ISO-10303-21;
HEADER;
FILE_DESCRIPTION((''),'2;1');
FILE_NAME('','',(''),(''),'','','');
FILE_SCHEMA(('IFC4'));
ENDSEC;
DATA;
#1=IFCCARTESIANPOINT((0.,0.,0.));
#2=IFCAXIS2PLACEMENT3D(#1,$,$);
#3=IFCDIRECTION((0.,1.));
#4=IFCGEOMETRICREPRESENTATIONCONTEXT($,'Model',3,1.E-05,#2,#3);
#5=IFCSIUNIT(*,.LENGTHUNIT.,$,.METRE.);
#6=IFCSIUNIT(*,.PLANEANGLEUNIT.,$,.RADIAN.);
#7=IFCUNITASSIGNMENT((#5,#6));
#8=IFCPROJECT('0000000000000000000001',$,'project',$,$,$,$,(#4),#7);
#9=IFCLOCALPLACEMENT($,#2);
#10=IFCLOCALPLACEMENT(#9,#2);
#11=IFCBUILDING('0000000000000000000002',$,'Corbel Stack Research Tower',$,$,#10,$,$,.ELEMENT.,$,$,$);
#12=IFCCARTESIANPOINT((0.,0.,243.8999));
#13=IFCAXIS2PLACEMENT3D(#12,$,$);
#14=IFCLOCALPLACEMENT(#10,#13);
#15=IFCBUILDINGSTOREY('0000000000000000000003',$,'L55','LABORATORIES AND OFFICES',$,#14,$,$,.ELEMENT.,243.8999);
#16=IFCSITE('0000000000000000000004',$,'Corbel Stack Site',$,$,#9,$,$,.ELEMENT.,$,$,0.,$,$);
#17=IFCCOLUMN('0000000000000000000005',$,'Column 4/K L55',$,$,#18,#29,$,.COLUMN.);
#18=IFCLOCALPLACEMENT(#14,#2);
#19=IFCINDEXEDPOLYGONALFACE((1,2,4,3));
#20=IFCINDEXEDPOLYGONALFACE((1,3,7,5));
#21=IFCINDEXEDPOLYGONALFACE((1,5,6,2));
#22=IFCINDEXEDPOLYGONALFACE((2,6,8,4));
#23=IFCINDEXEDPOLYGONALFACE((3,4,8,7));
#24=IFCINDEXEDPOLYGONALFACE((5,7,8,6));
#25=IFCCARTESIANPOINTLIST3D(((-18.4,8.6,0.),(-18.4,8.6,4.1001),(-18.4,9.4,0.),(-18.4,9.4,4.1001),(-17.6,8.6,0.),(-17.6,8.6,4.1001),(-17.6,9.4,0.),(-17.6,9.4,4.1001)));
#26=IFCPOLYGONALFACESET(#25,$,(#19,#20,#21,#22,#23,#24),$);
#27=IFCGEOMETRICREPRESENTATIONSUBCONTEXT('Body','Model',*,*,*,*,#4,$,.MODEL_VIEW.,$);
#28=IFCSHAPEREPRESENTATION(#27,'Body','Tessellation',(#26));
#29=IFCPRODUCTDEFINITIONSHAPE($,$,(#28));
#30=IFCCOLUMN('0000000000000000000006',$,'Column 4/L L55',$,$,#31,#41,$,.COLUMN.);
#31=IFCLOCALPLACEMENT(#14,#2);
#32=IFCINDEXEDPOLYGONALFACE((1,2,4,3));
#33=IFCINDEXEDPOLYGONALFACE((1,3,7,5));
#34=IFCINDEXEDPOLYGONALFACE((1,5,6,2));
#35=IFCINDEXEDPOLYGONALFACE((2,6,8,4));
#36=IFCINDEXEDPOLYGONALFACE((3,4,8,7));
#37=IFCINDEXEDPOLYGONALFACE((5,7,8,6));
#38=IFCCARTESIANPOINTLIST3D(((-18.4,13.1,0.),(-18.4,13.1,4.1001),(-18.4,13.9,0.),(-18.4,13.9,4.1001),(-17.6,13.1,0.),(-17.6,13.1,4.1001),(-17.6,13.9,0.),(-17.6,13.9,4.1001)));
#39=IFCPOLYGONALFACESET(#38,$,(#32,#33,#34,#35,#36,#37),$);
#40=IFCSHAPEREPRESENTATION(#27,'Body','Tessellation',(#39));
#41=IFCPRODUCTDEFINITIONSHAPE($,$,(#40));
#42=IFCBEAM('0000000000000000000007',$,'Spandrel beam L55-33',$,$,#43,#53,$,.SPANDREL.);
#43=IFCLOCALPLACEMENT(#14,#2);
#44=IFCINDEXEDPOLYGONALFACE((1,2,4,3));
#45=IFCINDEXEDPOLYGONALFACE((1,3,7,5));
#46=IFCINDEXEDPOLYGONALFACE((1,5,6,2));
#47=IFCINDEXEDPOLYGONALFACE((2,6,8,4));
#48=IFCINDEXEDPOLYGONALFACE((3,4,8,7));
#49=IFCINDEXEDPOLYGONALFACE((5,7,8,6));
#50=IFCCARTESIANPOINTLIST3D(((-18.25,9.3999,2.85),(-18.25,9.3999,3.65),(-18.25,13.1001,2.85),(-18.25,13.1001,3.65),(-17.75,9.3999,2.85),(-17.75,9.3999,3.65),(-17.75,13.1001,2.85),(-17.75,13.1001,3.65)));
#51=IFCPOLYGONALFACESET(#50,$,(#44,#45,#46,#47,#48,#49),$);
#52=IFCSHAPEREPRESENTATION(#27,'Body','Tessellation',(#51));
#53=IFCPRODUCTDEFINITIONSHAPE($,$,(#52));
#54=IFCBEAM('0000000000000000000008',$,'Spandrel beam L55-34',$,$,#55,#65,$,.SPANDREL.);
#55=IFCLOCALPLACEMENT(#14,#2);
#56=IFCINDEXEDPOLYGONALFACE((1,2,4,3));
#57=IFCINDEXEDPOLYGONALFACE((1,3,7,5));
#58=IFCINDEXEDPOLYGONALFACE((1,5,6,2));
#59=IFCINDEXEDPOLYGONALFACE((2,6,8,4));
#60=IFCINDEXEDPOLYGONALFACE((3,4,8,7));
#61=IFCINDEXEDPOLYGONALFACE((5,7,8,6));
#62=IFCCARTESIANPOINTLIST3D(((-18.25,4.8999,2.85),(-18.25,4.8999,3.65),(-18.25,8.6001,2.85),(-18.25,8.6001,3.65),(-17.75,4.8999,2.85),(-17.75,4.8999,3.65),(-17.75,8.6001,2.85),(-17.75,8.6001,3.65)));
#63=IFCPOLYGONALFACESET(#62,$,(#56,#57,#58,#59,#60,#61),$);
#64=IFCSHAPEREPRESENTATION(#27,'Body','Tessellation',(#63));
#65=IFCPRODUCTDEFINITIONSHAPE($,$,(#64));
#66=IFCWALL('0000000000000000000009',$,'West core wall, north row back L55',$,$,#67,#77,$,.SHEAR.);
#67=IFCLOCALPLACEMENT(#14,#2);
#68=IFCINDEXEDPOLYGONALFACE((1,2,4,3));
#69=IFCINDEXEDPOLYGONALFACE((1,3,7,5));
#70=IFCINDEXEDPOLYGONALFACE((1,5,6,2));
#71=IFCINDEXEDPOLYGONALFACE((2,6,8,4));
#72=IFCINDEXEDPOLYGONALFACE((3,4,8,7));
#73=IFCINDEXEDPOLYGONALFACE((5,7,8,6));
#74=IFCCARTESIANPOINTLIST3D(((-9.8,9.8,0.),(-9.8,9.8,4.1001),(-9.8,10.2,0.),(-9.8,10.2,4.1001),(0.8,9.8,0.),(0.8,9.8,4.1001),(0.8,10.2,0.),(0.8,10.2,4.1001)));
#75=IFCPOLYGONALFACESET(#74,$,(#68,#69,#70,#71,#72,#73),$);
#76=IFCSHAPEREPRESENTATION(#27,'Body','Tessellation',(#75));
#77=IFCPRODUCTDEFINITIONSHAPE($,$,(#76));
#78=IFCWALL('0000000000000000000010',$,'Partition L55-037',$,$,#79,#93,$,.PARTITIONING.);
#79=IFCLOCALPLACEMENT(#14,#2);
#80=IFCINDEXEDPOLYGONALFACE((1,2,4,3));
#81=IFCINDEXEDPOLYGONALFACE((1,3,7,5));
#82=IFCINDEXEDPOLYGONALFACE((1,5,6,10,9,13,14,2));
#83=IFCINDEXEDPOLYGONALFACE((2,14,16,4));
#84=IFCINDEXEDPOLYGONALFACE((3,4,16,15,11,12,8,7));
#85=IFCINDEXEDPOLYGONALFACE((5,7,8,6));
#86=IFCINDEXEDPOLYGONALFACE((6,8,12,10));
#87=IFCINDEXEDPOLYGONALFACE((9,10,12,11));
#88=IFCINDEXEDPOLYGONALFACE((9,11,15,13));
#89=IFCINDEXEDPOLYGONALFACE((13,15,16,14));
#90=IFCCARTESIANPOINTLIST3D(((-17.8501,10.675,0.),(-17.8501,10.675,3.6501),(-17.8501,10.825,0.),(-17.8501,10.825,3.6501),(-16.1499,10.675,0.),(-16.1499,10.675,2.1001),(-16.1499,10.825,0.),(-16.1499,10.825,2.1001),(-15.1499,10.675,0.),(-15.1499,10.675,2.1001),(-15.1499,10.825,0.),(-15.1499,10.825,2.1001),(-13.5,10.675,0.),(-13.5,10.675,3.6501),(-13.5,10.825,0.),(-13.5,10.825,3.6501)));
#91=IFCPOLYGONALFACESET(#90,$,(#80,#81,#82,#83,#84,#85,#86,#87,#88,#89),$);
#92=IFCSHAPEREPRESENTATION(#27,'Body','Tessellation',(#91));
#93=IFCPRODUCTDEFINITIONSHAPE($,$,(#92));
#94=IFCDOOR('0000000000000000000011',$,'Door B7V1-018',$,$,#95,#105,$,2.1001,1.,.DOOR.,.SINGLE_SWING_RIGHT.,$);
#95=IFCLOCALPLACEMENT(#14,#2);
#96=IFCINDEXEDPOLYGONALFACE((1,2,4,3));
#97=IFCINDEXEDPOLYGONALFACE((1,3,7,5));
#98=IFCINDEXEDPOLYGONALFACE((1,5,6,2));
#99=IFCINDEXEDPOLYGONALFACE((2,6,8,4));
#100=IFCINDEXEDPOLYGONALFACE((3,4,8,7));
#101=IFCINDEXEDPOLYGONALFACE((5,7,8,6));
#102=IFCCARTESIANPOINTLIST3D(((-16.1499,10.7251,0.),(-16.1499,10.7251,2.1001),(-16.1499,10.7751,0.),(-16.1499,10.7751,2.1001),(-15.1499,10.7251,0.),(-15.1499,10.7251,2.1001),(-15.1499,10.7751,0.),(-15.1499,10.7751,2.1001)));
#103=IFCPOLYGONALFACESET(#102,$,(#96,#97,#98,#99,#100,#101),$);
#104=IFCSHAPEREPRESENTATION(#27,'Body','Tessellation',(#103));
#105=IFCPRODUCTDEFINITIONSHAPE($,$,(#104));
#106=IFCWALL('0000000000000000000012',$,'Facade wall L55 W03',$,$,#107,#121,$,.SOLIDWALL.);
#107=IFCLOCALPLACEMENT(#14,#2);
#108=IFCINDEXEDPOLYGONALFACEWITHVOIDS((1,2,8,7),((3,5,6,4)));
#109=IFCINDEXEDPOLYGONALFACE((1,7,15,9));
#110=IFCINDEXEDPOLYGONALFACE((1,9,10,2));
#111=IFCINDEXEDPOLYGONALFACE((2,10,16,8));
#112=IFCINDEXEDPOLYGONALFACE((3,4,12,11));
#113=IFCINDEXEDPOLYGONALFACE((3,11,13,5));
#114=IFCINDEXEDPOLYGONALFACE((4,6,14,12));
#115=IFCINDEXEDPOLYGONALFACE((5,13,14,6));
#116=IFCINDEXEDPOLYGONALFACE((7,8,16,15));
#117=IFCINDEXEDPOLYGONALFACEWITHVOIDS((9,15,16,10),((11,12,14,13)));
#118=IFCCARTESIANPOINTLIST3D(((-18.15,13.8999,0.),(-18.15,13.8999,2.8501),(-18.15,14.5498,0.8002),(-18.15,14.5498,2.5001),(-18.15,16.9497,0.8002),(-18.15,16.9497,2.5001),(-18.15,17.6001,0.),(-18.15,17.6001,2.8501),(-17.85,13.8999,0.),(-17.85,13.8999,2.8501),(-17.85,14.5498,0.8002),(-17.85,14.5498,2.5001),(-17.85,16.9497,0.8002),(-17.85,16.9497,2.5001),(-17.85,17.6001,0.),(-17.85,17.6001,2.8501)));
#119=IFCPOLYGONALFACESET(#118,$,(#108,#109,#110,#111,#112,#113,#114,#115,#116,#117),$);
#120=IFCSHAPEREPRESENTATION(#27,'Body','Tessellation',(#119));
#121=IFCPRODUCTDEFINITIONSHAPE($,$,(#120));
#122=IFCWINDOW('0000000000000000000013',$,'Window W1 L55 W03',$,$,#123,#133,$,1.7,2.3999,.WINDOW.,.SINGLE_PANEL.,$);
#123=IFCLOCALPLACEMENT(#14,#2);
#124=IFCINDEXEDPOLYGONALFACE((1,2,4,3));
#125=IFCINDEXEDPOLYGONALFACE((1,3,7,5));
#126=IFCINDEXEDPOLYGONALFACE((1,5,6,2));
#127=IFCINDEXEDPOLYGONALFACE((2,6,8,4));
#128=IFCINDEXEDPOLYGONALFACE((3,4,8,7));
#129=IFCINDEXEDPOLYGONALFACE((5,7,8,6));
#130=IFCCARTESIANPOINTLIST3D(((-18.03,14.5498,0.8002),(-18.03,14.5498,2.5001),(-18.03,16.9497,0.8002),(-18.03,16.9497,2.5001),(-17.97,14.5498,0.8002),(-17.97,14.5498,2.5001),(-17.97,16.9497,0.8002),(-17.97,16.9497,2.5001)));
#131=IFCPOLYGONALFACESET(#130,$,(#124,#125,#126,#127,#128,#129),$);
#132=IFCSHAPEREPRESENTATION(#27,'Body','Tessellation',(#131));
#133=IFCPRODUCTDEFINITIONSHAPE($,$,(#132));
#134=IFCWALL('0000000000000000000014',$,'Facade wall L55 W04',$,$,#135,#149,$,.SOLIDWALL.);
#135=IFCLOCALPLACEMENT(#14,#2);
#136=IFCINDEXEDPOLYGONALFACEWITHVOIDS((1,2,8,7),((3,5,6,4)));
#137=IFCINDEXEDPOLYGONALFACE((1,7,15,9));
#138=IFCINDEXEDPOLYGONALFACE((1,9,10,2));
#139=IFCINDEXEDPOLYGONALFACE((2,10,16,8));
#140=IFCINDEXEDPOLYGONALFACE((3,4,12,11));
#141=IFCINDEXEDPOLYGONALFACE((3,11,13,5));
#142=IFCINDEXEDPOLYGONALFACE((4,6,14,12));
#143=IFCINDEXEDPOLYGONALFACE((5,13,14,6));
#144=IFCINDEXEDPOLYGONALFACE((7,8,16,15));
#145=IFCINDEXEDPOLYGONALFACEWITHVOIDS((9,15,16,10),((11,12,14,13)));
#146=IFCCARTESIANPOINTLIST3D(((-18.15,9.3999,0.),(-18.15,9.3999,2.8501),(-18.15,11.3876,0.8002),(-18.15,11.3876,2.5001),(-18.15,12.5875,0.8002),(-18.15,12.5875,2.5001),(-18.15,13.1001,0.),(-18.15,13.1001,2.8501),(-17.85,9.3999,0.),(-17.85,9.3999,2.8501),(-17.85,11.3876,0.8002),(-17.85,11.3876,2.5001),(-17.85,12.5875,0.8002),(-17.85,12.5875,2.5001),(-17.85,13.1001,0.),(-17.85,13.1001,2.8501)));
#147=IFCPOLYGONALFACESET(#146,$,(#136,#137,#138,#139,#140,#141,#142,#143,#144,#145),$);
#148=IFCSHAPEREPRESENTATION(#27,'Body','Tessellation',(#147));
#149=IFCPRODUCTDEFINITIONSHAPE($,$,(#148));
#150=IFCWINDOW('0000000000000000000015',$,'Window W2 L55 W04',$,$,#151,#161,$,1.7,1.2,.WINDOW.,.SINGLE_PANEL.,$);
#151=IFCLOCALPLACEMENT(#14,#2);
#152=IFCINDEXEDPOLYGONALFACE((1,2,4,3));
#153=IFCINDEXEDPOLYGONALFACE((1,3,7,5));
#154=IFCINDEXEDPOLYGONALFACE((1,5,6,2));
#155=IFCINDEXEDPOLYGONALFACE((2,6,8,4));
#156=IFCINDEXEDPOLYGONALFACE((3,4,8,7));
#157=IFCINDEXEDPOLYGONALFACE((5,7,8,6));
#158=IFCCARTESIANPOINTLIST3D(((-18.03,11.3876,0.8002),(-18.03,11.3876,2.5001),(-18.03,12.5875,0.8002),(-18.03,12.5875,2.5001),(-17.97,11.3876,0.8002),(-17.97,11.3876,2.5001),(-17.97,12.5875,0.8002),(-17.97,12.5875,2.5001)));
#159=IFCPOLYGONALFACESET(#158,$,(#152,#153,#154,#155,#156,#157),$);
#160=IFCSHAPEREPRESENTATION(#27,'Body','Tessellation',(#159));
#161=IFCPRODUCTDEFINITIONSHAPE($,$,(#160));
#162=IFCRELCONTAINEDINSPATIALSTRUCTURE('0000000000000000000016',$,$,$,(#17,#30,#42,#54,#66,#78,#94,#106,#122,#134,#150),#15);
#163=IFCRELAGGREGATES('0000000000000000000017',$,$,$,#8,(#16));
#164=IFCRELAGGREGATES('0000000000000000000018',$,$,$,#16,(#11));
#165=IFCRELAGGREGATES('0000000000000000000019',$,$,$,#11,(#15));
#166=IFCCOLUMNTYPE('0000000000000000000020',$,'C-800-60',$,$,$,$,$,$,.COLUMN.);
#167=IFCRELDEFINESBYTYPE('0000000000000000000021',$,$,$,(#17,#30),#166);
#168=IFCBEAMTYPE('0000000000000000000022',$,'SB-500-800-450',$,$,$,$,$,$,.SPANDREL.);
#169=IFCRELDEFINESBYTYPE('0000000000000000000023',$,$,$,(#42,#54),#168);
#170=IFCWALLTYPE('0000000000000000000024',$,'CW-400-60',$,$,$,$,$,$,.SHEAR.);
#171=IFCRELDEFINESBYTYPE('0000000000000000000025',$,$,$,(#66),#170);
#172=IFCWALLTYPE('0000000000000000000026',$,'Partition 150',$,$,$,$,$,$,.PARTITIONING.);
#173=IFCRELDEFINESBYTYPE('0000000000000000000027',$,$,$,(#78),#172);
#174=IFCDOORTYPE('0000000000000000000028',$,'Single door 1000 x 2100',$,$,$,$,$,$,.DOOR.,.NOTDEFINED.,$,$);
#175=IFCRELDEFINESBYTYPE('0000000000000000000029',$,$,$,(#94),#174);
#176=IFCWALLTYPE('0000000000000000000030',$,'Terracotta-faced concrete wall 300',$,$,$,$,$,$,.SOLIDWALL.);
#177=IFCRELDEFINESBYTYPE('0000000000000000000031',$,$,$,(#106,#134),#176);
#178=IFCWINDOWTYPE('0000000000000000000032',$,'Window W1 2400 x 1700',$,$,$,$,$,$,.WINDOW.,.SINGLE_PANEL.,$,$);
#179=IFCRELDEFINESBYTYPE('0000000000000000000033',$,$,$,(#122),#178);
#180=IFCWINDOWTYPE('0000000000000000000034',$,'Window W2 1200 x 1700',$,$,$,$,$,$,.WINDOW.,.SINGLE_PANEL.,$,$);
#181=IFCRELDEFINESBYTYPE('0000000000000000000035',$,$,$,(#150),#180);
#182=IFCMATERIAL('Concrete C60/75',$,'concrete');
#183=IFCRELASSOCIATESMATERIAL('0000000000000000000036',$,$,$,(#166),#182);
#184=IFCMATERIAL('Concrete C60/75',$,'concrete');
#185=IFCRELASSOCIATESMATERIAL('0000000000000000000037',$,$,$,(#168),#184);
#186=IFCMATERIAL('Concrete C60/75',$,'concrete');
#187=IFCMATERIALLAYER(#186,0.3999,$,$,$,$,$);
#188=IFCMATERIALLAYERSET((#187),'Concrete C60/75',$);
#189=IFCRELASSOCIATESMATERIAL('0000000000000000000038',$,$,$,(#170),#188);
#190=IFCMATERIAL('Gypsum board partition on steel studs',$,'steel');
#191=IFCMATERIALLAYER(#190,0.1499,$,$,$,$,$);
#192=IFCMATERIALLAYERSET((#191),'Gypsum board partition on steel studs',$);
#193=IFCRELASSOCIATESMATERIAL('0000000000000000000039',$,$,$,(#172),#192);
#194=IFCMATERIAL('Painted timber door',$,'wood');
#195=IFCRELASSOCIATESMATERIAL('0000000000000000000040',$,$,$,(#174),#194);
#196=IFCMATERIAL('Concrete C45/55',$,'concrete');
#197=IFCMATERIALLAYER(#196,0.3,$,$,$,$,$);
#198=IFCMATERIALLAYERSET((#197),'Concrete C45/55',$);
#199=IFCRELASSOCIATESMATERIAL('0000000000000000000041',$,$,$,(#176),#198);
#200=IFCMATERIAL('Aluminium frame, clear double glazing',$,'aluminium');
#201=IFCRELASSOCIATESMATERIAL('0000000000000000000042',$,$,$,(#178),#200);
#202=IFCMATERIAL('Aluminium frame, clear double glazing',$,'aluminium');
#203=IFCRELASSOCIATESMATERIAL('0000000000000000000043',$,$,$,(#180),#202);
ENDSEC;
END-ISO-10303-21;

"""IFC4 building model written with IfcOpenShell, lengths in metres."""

from ifc_helpers import new_model, si_unit, direction, frame, frame_2d, origin, origin_2d, place, context, subcontext, project, spatial, rectangle, extrude, material, layer, layer_set, material_profile, profile_set, type_object, element, fill, save


model = new_model("IFC4")

# Units and contexts
model_context = context("Model", 3, precision=1e-05, world=origin(), true_north=direction((0.0, 1.0)))
body_context = subcontext(model_context, "Body", "Model", "MODEL_VIEW")
ifc_project = project(units=[si_unit("LENGTHUNIT", "METRE"), si_unit("PLANEANGLEUNIT", "RADIAN")], contexts=[model_context])

# Site, building, storey
site_placement = place(None, origin())
site = spatial("IfcSite", under=ifc_project, at=site_placement, Name="Corbel Stack Site", CompositionType="ELEMENT", RefElevation=0.0)
building_placement = place(site_placement, origin())
building = spatial("IfcBuilding", under=site, at=building_placement, Name="Corbel Stack Research Tower", CompositionType="ELEMENT")
storey_placement = place(building_placement, frame((0.0, 0.0, 243.8999)))
storey = spatial("IfcBuildingStorey", under=building, at=storey_placement, Name="L55", Description="LABORATORIES AND OFFICES", CompositionType="ELEMENT", Elevation=243.8999)

# Columns
ifc_material_1 = material(Name="Concrete C60/75", Category="concrete")
ifc_material_profile_1 = material_profile(ifc_material_1, rectangle(XDim=0.8, YDim=0.8, at=origin_2d()), Name="RC 800 x 800")
ifc_profile_set_1 = profile_set([ifc_material_profile_1], Name="Concrete C60/75")
column_type = type_object("IfcColumnType", Name="C-800-60", PredefinedType="COLUMN", material=ifc_profile_set_1)
for number, where, z_axis, x_axis, name in (
    (1, (-18.0, 9.0, 0.0), (0.0, 0.0, 1.0), (1.0, 0.0, 0.0), "Column 4/K L55"),
    (2, (-18.0, 13.5, 0.0), (0.0, 0.0, 1.0), (1.0, 0.0, 0.0), "Column 4/L L55"),
):
    element("IfcColumn", number, at=place(storey_placement, frame(where, z_axis=z_axis, x_axis=x_axis)), inside=storey, type_object=column_type, Name=name, PredefinedType="COLUMN", context=body_context, shape_type="SweptSolid", body=[
        extrude(rectangle(XDim=0.8, YDim=0.8, at=origin_2d()), origin(), (0.0, 0.0, 1.0), 4.1001),
    ])

# Beams
ifc_material_2 = material(Name="Concrete C60/75", Category="concrete")
ifc_material_profile_2 = material_profile(ifc_material_2, rectangle(XDim=0.5, YDim=0.8, at=origin_2d()), Name="RC 500 x 800")
ifc_profile_set_2 = profile_set([ifc_material_profile_2], Name="Concrete C60/75")
beam_type = type_object("IfcBeamType", Name="SB-500-800-450", PredefinedType="SPANDREL", material=ifc_profile_set_2)
for number, where, z_axis, x_axis, name in (
    (3, (-18.0, 13.1001, 3.25), (0.0, -1.0, 0.0), (1.0, 0.0, 0.0), "Spandrel beam L55-33"),
    (4, (-18.0, 8.6001, 3.25), (0.0, -1.0, 0.0), (1.0, 0.0, 0.0), "Spandrel beam L55-34"),
):
    element("IfcBeam", number, at=place(storey_placement, frame(where, z_axis=z_axis, x_axis=x_axis)), inside=storey, type_object=beam_type, Name=name, PredefinedType="SPANDREL", context=body_context, shape_type="SweptSolid", body=[
        extrude(rectangle(XDim=0.5, YDim=0.8, at=origin_2d()), origin(), (0.0, 0.0, 1.0), 3.7002),
    ])

# Wall
ifc_material_3 = material(Name="Concrete C60/75", Category="concrete")
ifc_layer_1 = layer(ifc_material_3, 0.3999)
ifc_layer_set_1 = layer_set([ifc_layer_1], Name="Concrete C60/75")
wall_type_1 = type_object("IfcWallType", Name="CW-400-60", PredefinedType="SHEAR", material=ifc_layer_set_1)
wall_1_placement = place(storey_placement, frame((-9.8, 10.0, 0.0), z_axis=(0.0, 0.0, 1.0), x_axis=(1.0, 0.0, 0.0)))
element("IfcWall", 5, at=wall_1_placement, inside=storey, type_object=wall_type_1, Name="West core wall, north row back L55", PredefinedType="SHEAR", context=body_context, shape_type="SweptSolid", body=[
    extrude(rectangle(XDim=10.6001, YDim=0.3999, at=frame_2d((5.3, 0.0))), origin(), (0.0, 0.0, 1.0), 4.1001),
])

# Wall, opening, door
ifc_material_4 = material(Name="Gypsum board partition on steel studs", Category="steel")
ifc_layer_2 = layer(ifc_material_4, 0.1499)
ifc_layer_set_2 = layer_set([ifc_layer_2], Name="Gypsum board partition on steel studs")
wall_type_2 = type_object("IfcWallType", Name="Partition 150", PredefinedType="PARTITIONING", material=ifc_layer_set_2)
wall_2_placement = place(storey_placement, frame((-13.5, 10.75, 0.0), z_axis=(0.0, 0.0, 1.0), x_axis=(-1.0, 0.0, 0.0)))
wall_2 = element("IfcWall", 6, at=wall_2_placement, inside=storey, type_object=wall_type_2, Name="Partition L55-037", PredefinedType="PARTITIONING", context=body_context, shape_type="SweptSolid", body=[
    extrude(rectangle(XDim=4.3501, YDim=0.1499, at=frame_2d((2.175, 0.0))), origin(), (0.0, 0.0, 1.0), 3.6501),
])
opening_1_placement = place(wall_2_placement, frame((1.6499, 0.0, 0.0)))
opening_1 = element("IfcOpeningElement", 7, at=opening_1_placement, cuts=wall_2, PredefinedType="OPENING", context=body_context, shape_type="SweptSolid", body=[
    extrude(rectangle(XDim=1.0, YDim=2.1001, at=frame_2d((0.5, 1.05))), frame((0.0, 0.085, 0.0), z_axis=(0.0, -1.0, 0.0), x_axis=(1.0, 0.0, 0.0)), (0.0, 0.0, 1.0), 0.1699),
])
ifc_material_5 = material(Name="Painted timber door", Category="wood")
door_type = type_object("IfcDoorType", Name="Single door 1000 x 2100", OperationType="NOTDEFINED", PredefinedType="DOOR", material=ifc_material_5)
door_placement = place(opening_1_placement, origin())
door = element("IfcDoor", 8, at=door_placement, inside=storey, type_object=door_type, Name="Door B7V1-018", OperationType="SINGLE_SWING_RIGHT", OverallHeight=2.1001, OverallWidth=1.0, PredefinedType="DOOR", context=body_context, shape_type="SweptSolid", body=[
    extrude(rectangle(XDim=1.0, YDim=2.1001, at=frame_2d((0.5, 1.05))), frame((0.0, 0.0249, 0.0), z_axis=(0.0, -1.0, 0.0), x_axis=(1.0, 0.0, 0.0)), (0.0, 0.0, 1.0), 0.05),
])
fill(opening_1, door)

# Walls, openings, windows
ifc_material_6 = material(Name="Concrete C45/55", Category="concrete")
ifc_layer_3 = layer(ifc_material_6, 0.3)
ifc_layer_set_3 = layer_set([ifc_layer_3], Name="Concrete C45/55")
wall_type_3 = type_object("IfcWallType", Name="Terracotta-faced concrete wall 300", PredefinedType="SOLIDWALL", material=ifc_layer_set_3)
wall_3_placement = place(storey_placement, frame((-18.0, 13.8999, 0.0), z_axis=(0.0, 0.0, 1.0), x_axis=(0.0, 1.0, 0.0)))
wall_3 = element("IfcWall", 9, at=wall_3_placement, inside=storey, type_object=wall_type_3, Name="Facade wall L55 W03", PredefinedType="SOLIDWALL", context=body_context, shape_type="SweptSolid", body=[
    extrude(rectangle(XDim=3.7002, YDim=0.3, at=frame_2d((1.8501, 0.0))), origin(), (0.0, 0.0, 1.0), 2.8501),
])
opening_2_placement = place(wall_3_placement, frame((0.6499, 0.0, 0.8)))
opening_2 = element("IfcOpeningElement", 10, at=opening_2_placement, cuts=wall_3, PredefinedType="OPENING", context=body_context, shape_type="SweptSolid", body=[
    extrude(rectangle(XDim=2.3999, YDim=1.7, at=frame_2d((1.2, 0.8501))), frame((0.0, 0.1599, 0.0), z_axis=(0.0, -1.0, 0.0), x_axis=(1.0, 0.0, 0.0)), (0.0, 0.0, 1.0), 0.3201),
])
ifc_material_7 = material(Name="Aluminium frame, clear double glazing", Category="aluminium")
window_type_1 = type_object("IfcWindowType", Name="Window W1 2400 x 1700", PartitioningType="SINGLE_PANEL", PredefinedType="WINDOW", material=ifc_material_7)
window_1_placement = place(opening_2_placement, origin())
window_1 = element("IfcWindow", 11, at=window_1_placement, inside=storey, type_object=window_type_1, Name="Window W1 L55 W03", OverallHeight=1.7, OverallWidth=2.3999, PartitioningType="SINGLE_PANEL", PredefinedType="WINDOW", context=body_context, shape_type="SweptSolid", body=[
    extrude(rectangle(XDim=2.3999, YDim=1.7, at=frame_2d((1.2, 0.8501))), frame((0.0, 0.03, 0.0), z_axis=(0.0, -1.0, 0.0), x_axis=(1.0, 0.0, 0.0)), (0.0, 0.0, 1.0), 0.0601),
])
fill(opening_2, window_1)
wall_4_placement = place(storey_placement, frame((-18.0, 9.3999, 0.0), z_axis=(0.0, 0.0, 1.0), x_axis=(0.0, 1.0, 0.0)))
wall_4 = element("IfcWall", 12, at=wall_4_placement, inside=storey, type_object=wall_type_3, Name="Facade wall L55 W04", PredefinedType="SOLIDWALL", context=body_context, shape_type="SweptSolid", body=[
    extrude(rectangle(XDim=3.7002, YDim=0.3, at=frame_2d((1.8501, 0.0))), origin(), (0.0, 0.0, 1.0), 2.8501),
])
opening_3_placement = place(wall_4_placement, frame((1.9875, 0.0, 0.8)))
opening_3 = element("IfcOpeningElement", 13, at=opening_3_placement, cuts=wall_4, PredefinedType="OPENING", context=body_context, shape_type="SweptSolid", body=[
    extrude(rectangle(XDim=1.2, YDim=1.7, at=frame_2d((0.6001, 0.8501))), frame((0.0, 0.1599, 0.0), z_axis=(0.0, -1.0, 0.0), x_axis=(1.0, 0.0, 0.0)), (0.0, 0.0, 1.0), 0.3201),
])
ifc_material_8 = material(Name="Aluminium frame, clear double glazing", Category="aluminium")
window_type_2 = type_object("IfcWindowType", Name="Window W2 1200 x 1700", PartitioningType="SINGLE_PANEL", PredefinedType="WINDOW", material=ifc_material_8)
window_2_placement = place(opening_3_placement, origin())
window_2 = element("IfcWindow", 14, at=window_2_placement, inside=storey, type_object=window_type_2, Name="Window W2 L55 W04", OverallHeight=1.7, OverallWidth=1.2, PartitioningType="SINGLE_PANEL", PredefinedType="WINDOW", context=body_context, shape_type="SweptSolid", body=[
    extrude(rectangle(XDim=1.2, YDim=1.7, at=frame_2d((0.6001, 0.8501))), frame((0.0, 0.03, 0.0), z_axis=(0.0, -1.0, 0.0), x_axis=(1.0, 0.0, 0.0)), (0.0, 0.0, 1.0), 0.0601),
])
fill(opening_3, window_2)

save(model, "model.ifc")
